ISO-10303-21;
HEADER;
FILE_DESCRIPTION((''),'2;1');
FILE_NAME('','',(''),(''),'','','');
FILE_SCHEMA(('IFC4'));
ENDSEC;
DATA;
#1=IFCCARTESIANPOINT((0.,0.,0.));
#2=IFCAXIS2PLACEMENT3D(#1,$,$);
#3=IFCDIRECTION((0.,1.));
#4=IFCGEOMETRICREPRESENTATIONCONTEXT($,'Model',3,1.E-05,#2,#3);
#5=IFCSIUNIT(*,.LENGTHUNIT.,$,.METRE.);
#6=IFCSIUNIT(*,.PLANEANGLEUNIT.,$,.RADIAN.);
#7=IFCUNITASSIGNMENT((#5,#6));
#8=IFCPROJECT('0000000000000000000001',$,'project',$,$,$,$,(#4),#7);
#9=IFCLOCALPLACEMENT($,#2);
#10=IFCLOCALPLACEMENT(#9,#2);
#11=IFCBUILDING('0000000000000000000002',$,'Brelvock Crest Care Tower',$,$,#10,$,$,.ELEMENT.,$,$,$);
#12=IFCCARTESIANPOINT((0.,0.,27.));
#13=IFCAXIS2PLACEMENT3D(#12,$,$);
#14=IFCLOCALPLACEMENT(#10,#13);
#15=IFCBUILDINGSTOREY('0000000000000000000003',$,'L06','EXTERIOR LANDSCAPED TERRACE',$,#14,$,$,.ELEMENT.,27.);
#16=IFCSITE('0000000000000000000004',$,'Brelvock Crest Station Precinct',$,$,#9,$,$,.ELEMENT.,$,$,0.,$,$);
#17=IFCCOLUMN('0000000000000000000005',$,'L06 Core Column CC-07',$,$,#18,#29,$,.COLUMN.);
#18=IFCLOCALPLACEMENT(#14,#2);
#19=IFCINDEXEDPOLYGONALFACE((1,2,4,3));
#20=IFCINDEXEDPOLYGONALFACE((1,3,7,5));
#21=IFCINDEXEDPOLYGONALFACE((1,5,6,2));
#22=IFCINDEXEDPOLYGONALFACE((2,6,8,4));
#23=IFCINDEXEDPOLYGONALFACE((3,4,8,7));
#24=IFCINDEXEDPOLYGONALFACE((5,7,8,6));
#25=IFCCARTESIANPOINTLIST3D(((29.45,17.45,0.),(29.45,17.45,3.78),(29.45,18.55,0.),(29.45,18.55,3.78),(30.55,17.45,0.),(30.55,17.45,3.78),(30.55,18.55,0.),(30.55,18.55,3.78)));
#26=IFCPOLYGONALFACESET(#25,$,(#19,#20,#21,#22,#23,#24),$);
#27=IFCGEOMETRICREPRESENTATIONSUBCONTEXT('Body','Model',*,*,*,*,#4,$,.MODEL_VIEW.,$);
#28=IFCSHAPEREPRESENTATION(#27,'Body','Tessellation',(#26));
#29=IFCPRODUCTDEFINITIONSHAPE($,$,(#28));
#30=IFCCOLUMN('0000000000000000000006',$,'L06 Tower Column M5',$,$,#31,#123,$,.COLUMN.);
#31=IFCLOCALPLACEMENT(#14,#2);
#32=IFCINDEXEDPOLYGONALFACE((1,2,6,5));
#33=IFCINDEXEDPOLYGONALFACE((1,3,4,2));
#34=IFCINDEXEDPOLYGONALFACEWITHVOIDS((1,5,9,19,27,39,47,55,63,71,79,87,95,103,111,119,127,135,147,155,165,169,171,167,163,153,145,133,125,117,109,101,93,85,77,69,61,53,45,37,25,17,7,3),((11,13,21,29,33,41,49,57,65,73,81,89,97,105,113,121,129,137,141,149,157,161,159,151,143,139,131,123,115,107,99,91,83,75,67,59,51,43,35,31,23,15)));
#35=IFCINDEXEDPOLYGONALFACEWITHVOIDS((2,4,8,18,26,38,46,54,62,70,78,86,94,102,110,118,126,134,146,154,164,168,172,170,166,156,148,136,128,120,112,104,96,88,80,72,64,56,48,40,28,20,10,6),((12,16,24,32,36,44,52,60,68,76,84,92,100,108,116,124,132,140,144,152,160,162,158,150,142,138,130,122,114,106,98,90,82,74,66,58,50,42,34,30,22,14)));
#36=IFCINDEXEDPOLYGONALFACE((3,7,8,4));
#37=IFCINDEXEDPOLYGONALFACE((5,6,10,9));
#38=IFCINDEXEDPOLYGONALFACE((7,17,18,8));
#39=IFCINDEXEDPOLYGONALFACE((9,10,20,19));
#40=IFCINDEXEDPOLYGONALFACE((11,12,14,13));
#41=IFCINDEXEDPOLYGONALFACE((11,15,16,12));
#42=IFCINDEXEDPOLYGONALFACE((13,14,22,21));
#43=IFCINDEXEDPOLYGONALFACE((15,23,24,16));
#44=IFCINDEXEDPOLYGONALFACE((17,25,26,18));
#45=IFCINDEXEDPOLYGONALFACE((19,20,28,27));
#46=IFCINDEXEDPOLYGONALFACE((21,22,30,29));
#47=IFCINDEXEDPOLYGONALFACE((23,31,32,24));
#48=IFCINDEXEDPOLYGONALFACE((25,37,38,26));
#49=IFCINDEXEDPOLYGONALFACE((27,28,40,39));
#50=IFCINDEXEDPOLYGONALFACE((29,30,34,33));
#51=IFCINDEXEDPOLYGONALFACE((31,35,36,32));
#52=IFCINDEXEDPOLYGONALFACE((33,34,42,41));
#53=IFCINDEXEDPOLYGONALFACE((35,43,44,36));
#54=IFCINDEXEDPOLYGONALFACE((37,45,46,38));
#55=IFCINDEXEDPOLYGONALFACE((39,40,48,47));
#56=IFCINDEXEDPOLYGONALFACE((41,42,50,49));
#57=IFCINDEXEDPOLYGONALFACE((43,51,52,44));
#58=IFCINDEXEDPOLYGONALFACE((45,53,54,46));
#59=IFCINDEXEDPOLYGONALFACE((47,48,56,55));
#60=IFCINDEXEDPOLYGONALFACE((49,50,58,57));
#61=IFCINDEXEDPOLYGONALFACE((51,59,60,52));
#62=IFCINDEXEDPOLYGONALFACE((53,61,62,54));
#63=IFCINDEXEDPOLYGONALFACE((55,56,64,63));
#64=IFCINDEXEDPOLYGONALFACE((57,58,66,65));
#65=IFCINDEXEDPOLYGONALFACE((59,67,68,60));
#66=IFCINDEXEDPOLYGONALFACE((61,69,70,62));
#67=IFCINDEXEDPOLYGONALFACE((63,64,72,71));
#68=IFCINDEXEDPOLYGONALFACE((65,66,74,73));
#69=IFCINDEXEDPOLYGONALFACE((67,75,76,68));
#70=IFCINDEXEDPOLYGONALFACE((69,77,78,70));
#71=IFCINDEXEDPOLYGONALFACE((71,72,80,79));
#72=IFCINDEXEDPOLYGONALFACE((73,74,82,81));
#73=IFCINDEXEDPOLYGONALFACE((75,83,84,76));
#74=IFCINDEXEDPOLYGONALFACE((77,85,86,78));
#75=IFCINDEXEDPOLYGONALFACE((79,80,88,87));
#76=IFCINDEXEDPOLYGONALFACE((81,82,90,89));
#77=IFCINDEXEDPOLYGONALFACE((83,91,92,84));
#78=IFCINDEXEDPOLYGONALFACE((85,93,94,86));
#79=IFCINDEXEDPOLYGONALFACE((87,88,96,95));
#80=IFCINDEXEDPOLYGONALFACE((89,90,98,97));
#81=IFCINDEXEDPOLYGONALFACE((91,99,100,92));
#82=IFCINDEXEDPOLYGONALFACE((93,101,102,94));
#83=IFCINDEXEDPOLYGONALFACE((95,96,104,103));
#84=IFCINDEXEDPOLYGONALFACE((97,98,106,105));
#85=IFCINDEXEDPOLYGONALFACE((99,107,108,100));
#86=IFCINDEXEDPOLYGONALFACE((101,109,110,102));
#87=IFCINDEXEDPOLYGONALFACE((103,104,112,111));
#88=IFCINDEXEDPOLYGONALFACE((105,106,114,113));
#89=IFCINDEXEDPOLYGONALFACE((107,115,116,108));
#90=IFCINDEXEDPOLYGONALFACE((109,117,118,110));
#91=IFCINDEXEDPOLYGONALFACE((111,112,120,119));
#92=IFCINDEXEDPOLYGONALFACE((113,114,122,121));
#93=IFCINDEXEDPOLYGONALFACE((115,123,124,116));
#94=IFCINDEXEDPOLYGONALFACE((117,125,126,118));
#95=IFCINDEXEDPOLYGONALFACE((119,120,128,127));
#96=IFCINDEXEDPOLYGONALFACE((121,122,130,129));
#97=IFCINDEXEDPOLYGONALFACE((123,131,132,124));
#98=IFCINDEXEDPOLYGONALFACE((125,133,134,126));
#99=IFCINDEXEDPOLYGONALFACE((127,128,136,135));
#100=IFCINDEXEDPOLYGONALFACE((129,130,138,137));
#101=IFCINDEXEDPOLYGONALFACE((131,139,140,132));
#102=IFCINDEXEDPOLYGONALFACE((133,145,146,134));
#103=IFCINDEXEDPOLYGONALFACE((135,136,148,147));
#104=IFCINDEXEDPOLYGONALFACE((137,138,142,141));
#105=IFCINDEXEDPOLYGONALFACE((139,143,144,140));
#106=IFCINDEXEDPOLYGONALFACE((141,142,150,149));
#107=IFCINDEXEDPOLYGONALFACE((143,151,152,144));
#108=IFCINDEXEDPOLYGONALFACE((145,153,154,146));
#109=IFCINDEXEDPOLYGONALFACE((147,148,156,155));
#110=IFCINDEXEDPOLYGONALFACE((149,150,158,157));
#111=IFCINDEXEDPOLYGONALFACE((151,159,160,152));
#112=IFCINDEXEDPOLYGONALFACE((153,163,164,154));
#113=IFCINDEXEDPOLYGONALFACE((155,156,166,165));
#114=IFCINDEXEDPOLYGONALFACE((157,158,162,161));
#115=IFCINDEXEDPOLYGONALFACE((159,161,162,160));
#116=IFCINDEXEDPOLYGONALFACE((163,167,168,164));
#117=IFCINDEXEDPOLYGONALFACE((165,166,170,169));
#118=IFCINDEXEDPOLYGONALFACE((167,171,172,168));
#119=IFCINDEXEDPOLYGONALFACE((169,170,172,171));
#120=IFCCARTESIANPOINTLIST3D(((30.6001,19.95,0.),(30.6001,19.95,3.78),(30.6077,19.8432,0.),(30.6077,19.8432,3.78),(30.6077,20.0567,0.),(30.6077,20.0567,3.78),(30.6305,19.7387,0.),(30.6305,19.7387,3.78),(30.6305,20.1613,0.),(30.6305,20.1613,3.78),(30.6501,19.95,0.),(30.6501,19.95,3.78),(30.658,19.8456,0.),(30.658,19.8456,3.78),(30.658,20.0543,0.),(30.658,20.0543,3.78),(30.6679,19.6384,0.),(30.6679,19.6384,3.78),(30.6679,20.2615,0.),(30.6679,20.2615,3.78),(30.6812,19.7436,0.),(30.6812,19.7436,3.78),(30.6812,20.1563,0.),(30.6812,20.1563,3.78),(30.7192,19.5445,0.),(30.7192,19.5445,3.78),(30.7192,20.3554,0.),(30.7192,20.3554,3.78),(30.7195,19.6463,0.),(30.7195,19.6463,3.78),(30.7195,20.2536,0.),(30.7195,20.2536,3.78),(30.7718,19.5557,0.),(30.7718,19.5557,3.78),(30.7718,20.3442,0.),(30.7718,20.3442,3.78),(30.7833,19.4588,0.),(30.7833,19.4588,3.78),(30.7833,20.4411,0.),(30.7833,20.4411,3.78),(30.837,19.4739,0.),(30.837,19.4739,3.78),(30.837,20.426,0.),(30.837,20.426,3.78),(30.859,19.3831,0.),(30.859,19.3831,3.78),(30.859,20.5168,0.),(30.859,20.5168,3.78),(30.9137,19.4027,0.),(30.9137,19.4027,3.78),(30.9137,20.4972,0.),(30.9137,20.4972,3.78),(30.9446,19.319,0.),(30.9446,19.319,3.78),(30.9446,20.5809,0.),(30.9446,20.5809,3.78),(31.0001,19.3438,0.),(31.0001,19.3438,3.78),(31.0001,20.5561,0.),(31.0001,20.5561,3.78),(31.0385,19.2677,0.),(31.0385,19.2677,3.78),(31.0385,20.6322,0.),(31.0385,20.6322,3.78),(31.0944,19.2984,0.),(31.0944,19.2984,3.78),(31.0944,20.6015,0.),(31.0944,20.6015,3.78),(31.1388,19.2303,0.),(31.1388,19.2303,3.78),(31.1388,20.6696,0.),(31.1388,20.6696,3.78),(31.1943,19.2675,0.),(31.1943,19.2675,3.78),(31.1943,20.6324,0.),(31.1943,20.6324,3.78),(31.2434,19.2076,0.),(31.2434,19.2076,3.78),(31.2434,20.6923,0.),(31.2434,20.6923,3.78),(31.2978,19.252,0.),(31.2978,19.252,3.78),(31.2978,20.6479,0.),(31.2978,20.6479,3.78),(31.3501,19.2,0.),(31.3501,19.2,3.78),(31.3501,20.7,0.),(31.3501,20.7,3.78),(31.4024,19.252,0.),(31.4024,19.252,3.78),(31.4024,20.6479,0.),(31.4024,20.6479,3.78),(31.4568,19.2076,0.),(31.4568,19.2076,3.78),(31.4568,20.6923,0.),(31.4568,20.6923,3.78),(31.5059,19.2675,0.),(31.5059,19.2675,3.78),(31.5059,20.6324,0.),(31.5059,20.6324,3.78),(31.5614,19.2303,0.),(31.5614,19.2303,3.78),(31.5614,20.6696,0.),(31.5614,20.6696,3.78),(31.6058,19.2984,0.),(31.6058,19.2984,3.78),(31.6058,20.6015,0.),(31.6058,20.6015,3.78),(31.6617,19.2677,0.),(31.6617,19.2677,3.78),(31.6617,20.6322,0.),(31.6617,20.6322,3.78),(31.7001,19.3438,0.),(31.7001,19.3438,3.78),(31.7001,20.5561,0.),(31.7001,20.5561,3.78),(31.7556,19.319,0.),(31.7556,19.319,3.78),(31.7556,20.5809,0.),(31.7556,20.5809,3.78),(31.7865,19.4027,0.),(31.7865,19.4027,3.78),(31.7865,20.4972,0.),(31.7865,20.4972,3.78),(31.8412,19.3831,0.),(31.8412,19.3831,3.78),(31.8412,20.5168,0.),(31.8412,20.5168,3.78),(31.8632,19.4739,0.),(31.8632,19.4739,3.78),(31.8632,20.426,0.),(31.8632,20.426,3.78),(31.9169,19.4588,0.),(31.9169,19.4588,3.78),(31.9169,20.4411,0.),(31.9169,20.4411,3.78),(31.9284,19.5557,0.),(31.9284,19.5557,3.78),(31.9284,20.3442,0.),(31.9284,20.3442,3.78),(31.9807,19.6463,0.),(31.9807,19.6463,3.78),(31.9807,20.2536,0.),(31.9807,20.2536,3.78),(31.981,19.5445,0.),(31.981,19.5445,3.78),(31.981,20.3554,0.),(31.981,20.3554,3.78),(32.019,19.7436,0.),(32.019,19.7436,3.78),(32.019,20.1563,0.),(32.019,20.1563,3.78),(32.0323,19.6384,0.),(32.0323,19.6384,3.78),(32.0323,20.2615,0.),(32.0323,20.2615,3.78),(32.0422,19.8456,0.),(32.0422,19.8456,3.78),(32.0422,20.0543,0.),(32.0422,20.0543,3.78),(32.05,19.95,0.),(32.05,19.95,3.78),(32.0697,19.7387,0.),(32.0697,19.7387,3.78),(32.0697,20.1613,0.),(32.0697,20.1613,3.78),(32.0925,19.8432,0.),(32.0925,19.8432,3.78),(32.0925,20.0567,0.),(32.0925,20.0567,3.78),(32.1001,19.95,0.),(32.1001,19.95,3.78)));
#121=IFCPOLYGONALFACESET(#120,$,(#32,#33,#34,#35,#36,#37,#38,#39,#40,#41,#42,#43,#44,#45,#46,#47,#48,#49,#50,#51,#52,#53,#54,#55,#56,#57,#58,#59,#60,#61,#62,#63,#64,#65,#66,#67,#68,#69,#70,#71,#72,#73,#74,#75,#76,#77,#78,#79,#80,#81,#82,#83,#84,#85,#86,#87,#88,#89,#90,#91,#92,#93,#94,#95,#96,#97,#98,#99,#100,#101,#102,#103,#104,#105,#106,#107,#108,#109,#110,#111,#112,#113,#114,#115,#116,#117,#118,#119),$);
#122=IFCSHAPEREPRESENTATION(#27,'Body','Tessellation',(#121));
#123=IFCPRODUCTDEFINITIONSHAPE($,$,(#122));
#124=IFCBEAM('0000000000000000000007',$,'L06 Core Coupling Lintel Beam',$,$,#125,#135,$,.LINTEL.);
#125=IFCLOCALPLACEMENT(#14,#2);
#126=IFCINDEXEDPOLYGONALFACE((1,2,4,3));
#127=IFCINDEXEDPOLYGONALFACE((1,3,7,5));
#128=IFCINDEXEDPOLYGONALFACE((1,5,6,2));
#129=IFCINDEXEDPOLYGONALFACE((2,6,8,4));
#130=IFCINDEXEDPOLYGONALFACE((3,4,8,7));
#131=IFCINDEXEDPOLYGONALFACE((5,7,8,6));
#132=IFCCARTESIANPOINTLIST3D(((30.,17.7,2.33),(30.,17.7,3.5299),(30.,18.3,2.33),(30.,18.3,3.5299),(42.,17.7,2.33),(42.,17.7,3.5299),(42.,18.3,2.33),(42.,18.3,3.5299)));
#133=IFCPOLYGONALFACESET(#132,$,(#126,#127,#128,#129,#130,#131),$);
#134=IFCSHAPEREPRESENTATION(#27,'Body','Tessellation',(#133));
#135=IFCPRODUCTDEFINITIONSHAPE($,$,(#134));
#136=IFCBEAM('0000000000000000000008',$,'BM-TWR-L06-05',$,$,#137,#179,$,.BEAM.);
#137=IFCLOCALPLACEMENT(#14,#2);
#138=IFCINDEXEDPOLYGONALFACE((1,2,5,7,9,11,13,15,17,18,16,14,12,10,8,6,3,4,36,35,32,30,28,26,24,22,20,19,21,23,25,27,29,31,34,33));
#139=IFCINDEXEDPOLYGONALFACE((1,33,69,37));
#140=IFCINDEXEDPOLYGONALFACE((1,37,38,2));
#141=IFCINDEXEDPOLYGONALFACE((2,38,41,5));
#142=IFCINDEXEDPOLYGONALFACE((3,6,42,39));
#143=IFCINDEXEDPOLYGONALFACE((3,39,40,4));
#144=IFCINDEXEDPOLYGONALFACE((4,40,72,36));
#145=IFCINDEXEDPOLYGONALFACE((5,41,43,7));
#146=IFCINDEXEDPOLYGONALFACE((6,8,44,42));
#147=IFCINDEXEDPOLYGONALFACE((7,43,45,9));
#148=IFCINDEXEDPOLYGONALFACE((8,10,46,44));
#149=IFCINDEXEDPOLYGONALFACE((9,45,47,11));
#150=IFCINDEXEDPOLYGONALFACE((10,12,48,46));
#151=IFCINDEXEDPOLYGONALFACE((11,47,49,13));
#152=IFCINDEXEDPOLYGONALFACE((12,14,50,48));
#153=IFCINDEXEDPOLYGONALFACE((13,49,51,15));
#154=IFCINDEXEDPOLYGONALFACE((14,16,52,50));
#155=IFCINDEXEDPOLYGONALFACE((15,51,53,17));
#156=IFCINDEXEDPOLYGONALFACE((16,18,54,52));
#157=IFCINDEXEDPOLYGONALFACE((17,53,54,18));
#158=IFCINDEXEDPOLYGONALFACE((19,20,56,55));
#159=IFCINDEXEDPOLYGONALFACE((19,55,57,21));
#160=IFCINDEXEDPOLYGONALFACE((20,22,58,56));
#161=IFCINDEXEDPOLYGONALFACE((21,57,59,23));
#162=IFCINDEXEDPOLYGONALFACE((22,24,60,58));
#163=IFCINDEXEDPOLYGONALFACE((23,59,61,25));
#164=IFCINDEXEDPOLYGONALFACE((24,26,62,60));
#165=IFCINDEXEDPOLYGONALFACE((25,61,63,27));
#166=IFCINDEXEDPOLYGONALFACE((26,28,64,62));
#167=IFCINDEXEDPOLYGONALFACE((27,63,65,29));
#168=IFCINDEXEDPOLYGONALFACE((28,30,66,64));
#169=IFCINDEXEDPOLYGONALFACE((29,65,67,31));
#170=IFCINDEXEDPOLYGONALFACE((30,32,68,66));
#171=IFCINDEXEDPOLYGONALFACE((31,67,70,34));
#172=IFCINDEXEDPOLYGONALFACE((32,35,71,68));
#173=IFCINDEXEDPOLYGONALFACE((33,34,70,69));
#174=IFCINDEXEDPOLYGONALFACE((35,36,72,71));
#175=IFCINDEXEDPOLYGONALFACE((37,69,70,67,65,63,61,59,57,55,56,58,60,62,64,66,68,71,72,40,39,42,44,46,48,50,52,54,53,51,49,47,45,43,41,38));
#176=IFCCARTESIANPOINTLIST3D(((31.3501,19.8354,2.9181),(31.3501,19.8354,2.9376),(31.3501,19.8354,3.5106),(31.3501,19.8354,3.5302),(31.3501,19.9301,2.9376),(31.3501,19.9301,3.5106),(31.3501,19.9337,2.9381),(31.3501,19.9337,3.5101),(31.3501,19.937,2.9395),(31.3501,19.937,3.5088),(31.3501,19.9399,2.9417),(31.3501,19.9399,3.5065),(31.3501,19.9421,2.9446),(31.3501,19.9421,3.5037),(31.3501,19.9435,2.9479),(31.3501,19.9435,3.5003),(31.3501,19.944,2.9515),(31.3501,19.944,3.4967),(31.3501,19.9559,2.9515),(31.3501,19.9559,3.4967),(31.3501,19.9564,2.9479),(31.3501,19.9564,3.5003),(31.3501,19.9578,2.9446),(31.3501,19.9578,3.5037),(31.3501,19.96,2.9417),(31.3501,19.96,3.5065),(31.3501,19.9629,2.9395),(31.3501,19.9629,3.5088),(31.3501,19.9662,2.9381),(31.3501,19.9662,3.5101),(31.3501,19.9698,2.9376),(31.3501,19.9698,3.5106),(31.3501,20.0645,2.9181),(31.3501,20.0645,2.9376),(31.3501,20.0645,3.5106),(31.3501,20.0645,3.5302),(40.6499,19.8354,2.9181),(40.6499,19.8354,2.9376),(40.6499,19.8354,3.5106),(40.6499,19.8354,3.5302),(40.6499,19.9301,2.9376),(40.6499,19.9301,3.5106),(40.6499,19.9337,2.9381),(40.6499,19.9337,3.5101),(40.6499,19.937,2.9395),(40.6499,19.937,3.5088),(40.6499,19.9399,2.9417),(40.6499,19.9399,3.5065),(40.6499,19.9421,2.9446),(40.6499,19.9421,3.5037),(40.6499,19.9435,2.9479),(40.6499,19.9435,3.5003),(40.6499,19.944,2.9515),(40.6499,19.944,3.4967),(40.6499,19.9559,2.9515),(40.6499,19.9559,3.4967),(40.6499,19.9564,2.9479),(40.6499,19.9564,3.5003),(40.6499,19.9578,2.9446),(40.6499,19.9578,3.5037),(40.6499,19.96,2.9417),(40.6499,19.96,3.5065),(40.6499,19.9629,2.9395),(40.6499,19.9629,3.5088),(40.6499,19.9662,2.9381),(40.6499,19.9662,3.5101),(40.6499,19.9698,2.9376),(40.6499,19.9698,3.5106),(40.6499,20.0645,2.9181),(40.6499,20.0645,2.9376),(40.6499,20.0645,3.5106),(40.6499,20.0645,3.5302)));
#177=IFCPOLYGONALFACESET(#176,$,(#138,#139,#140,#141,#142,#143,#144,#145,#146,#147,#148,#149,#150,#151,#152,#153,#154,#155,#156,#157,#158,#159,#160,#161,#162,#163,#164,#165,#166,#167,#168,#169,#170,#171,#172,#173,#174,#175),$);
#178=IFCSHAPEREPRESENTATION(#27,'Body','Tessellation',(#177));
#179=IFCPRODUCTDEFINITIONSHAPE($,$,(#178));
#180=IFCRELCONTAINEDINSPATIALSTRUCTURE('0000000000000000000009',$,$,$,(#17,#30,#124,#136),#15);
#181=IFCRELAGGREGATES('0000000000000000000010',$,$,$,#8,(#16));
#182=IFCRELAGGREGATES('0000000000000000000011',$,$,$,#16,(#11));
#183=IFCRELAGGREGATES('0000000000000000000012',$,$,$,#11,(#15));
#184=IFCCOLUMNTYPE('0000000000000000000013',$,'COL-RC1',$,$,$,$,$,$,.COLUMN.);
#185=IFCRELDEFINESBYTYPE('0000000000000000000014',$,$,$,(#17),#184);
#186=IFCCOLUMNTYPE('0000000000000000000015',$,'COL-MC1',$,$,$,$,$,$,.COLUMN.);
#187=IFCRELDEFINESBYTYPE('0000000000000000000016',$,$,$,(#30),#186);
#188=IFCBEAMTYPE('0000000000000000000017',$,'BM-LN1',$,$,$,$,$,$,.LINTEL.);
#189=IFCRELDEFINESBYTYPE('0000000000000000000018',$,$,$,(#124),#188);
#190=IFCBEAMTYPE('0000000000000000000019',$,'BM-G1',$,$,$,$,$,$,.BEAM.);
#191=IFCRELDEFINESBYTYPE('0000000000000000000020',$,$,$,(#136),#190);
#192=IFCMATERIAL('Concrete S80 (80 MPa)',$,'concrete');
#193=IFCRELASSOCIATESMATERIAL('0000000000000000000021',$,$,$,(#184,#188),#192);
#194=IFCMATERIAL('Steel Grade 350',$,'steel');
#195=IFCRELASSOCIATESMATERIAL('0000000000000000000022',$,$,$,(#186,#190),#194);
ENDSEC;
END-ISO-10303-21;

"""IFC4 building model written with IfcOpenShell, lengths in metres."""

from ifc_helpers import new_model, si_unit, direction, frame, origin, origin_2d, place, context, subcontext, project, spatial, rectangle, hollow_circle, i_section, extrude, source, transform, mapped, material, material_profile, profile_set, type_object, element, save


model = new_model("IFC4")

# Units and contexts
model_context = context("Model", 3, precision=1e-05, world=origin(), true_north=direction((0.0, 1.0)))
body_context = subcontext(model_context, "Body", "Model", "MODEL_VIEW")
ifc_project = project(units=[si_unit("LENGTHUNIT", "METRE"), si_unit("PLANEANGLEUNIT", "RADIAN")], contexts=[model_context])

# Site, building, storey
site_placement = place(None, origin())
site = spatial("IfcSite", under=ifc_project, at=site_placement, Name="Brelvock Crest Station Precinct", CompositionType="ELEMENT", RefElevation=0.0)
building_placement = place(site_placement, origin())
building = spatial("IfcBuilding", under=site, at=building_placement, Name="Brelvock Crest Care Tower", CompositionType="ELEMENT")
storey_placement = place(building_placement, frame((0.0, 0.0, 27.0)))
storey = spatial("IfcBuildingStorey", under=building, at=storey_placement, Name="L06", Description="EXTERIOR LANDSCAPED TERRACE", CompositionType="ELEMENT", Elevation=27.0)

# Columns
ifc_material_1 = material(Name="Concrete S80 (80 MPa)", Category="concrete")
ifc_material_profile_1 = material_profile(ifc_material_1, rectangle(XDim=1.1001, YDim=1.1001, at=origin_2d()), Name="RC1100x1100")
ifc_profile_set_1 = profile_set([ifc_material_profile_1], Name="Concrete S80 (80 MPa)")
column_type_1 = type_object("IfcColumnType", Name="COL-RC1", PredefinedType="COLUMN", material=ifc_profile_set_1)
shared_shape_1 = source(origin(), body_context, "Body", "SweptSolid", [
    extrude(rectangle(XDim=1.1001, YDim=1.1001, at=origin_2d()), origin(), (0.0, 0.0, 1.0), 3.78),
])
column_1_placement = place(storey_placement, frame((30.0, 18.0, 0.0), z_axis=(0.0, 0.0, 1.0), x_axis=(1.0, 0.0, 0.0)))
element("IfcColumn", 1, at=column_1_placement, inside=storey, type_object=column_type_1, Name="L06 Core Column CC-07", PredefinedType="COLUMN", context=body_context, shape_type="MappedRepresentation", body=[
    mapped(shared_shape_1, transform((0.0, 0.0, 0.0), x_axis=(1.0, 0.0, 0.0), y_axis=(0.0, 1.0, 0.0), z_axis=(0.0, 0.0, 1.0), scale=1.0)),
])
ifc_material_2 = material(Name="Steel Grade 350", Category="steel")
ifc_material_profile_2 = material_profile(ifc_material_2, hollow_circle(Radius=0.75, WallThickness=0.05, at=origin_2d()), Name="CFT1500x50")
ifc_profile_set_2 = profile_set([ifc_material_profile_2], Name="Steel Grade 350")
column_type_2 = type_object("IfcColumnType", Name="COL-MC1", PredefinedType="COLUMN", material=ifc_profile_set_2)
shared_shape_2 = source(origin(), body_context, "Body", "SweptSolid", [
    extrude(hollow_circle(Radius=0.75, WallThickness=0.05, at=origin_2d()), origin(), (0.0, 0.0, 1.0), 3.78),
])
column_2_placement = place(storey_placement, frame((31.3501, 19.95, 0.0), z_axis=(0.0, 0.0, 1.0), x_axis=(1.0, 0.0, 0.0)))
element("IfcColumn", 2, at=column_2_placement, inside=storey, type_object=column_type_2, Name="L06 Tower Column M5", PredefinedType="COLUMN", context=body_context, shape_type="MappedRepresentation", body=[
    mapped(shared_shape_2, transform((0.0, 0.0, 0.0), x_axis=(1.0, 0.0, 0.0), y_axis=(0.0, 1.0, 0.0), z_axis=(0.0, 0.0, 1.0), scale=1.0)),
])

# Beams
ifc_material_profile_3 = material_profile(ifc_material_1, rectangle(XDim=0.6001, YDim=1.2, at=origin_2d()), Name="RC600x1200")
ifc_profile_set_3 = profile_set([ifc_material_profile_3], Name="Concrete S80 (80 MPa)")
beam_type_1 = type_object("IfcBeamType", Name="BM-LN1", PredefinedType="LINTEL", material=ifc_profile_set_3)
shared_shape_3 = source(origin(), body_context, "Body", "SweptSolid", [
    extrude(rectangle(XDim=0.6001, YDim=1.2, at=origin_2d()), origin(), (0.0, 0.0, 1.0), 12.0),
])
beam_1_placement = place(storey_placement, frame((30.0, 18.0, 2.9299), z_axis=(1.0, 0.0, 0.0), x_axis=(0.0, 1.0, 0.0)))
element("IfcBeam", 3, at=beam_1_placement, inside=storey, type_object=beam_type_1, Name="L06 Core Coupling Lintel Beam", PredefinedType="LINTEL", context=body_context, shape_type="MappedRepresentation", body=[
    mapped(shared_shape_3, transform((0.0, 0.0, 0.0), x_axis=(1.0, 0.0, 0.0), y_axis=(0.0, 1.0, 0.0), z_axis=(0.0, 0.0, 1.0), scale=1.0)),
])
ifc_material_profile_4 = material_profile(ifc_material_2, i_section(OverallWidth=0.229, OverallDepth=0.6121, WebThickness=0.012, FlangeThickness=0.0195, FilletRadius=0.0139, at=origin_2d()), Name="610UB125")
ifc_profile_set_4 = profile_set([ifc_material_profile_4], Name="Steel Grade 350")
beam_type_2 = type_object("IfcBeamType", Name="BM-G1", PredefinedType="BEAM", material=ifc_profile_set_4)
shared_shape_4 = source(origin(), body_context, "Body", "SweptSolid", [
    extrude(i_section(OverallWidth=0.229, OverallDepth=0.6121, WebThickness=0.012, FlangeThickness=0.0195, FilletRadius=0.0139, at=origin_2d()), origin(), (0.0, 0.0, 1.0), 9.2998),
])
beam_2_placement = place(storey_placement, frame((31.3501, 19.95, 3.2241), z_axis=(1.0, 0.0, 0.0), x_axis=(0.0, 1.0, 0.0)))
element("IfcBeam", 4, at=beam_2_placement, inside=storey, type_object=beam_type_2, Name="BM-TWR-L06-05", PredefinedType="BEAM", context=body_context, shape_type="MappedRepresentation", body=[
    mapped(shared_shape_4, transform((0.0, 0.0, 0.0), x_axis=(1.0, 0.0, 0.0), y_axis=(0.0, 1.0, 0.0), z_axis=(0.0, 0.0, 1.0), scale=1.0)),
])

save(model, "model.ifc")
